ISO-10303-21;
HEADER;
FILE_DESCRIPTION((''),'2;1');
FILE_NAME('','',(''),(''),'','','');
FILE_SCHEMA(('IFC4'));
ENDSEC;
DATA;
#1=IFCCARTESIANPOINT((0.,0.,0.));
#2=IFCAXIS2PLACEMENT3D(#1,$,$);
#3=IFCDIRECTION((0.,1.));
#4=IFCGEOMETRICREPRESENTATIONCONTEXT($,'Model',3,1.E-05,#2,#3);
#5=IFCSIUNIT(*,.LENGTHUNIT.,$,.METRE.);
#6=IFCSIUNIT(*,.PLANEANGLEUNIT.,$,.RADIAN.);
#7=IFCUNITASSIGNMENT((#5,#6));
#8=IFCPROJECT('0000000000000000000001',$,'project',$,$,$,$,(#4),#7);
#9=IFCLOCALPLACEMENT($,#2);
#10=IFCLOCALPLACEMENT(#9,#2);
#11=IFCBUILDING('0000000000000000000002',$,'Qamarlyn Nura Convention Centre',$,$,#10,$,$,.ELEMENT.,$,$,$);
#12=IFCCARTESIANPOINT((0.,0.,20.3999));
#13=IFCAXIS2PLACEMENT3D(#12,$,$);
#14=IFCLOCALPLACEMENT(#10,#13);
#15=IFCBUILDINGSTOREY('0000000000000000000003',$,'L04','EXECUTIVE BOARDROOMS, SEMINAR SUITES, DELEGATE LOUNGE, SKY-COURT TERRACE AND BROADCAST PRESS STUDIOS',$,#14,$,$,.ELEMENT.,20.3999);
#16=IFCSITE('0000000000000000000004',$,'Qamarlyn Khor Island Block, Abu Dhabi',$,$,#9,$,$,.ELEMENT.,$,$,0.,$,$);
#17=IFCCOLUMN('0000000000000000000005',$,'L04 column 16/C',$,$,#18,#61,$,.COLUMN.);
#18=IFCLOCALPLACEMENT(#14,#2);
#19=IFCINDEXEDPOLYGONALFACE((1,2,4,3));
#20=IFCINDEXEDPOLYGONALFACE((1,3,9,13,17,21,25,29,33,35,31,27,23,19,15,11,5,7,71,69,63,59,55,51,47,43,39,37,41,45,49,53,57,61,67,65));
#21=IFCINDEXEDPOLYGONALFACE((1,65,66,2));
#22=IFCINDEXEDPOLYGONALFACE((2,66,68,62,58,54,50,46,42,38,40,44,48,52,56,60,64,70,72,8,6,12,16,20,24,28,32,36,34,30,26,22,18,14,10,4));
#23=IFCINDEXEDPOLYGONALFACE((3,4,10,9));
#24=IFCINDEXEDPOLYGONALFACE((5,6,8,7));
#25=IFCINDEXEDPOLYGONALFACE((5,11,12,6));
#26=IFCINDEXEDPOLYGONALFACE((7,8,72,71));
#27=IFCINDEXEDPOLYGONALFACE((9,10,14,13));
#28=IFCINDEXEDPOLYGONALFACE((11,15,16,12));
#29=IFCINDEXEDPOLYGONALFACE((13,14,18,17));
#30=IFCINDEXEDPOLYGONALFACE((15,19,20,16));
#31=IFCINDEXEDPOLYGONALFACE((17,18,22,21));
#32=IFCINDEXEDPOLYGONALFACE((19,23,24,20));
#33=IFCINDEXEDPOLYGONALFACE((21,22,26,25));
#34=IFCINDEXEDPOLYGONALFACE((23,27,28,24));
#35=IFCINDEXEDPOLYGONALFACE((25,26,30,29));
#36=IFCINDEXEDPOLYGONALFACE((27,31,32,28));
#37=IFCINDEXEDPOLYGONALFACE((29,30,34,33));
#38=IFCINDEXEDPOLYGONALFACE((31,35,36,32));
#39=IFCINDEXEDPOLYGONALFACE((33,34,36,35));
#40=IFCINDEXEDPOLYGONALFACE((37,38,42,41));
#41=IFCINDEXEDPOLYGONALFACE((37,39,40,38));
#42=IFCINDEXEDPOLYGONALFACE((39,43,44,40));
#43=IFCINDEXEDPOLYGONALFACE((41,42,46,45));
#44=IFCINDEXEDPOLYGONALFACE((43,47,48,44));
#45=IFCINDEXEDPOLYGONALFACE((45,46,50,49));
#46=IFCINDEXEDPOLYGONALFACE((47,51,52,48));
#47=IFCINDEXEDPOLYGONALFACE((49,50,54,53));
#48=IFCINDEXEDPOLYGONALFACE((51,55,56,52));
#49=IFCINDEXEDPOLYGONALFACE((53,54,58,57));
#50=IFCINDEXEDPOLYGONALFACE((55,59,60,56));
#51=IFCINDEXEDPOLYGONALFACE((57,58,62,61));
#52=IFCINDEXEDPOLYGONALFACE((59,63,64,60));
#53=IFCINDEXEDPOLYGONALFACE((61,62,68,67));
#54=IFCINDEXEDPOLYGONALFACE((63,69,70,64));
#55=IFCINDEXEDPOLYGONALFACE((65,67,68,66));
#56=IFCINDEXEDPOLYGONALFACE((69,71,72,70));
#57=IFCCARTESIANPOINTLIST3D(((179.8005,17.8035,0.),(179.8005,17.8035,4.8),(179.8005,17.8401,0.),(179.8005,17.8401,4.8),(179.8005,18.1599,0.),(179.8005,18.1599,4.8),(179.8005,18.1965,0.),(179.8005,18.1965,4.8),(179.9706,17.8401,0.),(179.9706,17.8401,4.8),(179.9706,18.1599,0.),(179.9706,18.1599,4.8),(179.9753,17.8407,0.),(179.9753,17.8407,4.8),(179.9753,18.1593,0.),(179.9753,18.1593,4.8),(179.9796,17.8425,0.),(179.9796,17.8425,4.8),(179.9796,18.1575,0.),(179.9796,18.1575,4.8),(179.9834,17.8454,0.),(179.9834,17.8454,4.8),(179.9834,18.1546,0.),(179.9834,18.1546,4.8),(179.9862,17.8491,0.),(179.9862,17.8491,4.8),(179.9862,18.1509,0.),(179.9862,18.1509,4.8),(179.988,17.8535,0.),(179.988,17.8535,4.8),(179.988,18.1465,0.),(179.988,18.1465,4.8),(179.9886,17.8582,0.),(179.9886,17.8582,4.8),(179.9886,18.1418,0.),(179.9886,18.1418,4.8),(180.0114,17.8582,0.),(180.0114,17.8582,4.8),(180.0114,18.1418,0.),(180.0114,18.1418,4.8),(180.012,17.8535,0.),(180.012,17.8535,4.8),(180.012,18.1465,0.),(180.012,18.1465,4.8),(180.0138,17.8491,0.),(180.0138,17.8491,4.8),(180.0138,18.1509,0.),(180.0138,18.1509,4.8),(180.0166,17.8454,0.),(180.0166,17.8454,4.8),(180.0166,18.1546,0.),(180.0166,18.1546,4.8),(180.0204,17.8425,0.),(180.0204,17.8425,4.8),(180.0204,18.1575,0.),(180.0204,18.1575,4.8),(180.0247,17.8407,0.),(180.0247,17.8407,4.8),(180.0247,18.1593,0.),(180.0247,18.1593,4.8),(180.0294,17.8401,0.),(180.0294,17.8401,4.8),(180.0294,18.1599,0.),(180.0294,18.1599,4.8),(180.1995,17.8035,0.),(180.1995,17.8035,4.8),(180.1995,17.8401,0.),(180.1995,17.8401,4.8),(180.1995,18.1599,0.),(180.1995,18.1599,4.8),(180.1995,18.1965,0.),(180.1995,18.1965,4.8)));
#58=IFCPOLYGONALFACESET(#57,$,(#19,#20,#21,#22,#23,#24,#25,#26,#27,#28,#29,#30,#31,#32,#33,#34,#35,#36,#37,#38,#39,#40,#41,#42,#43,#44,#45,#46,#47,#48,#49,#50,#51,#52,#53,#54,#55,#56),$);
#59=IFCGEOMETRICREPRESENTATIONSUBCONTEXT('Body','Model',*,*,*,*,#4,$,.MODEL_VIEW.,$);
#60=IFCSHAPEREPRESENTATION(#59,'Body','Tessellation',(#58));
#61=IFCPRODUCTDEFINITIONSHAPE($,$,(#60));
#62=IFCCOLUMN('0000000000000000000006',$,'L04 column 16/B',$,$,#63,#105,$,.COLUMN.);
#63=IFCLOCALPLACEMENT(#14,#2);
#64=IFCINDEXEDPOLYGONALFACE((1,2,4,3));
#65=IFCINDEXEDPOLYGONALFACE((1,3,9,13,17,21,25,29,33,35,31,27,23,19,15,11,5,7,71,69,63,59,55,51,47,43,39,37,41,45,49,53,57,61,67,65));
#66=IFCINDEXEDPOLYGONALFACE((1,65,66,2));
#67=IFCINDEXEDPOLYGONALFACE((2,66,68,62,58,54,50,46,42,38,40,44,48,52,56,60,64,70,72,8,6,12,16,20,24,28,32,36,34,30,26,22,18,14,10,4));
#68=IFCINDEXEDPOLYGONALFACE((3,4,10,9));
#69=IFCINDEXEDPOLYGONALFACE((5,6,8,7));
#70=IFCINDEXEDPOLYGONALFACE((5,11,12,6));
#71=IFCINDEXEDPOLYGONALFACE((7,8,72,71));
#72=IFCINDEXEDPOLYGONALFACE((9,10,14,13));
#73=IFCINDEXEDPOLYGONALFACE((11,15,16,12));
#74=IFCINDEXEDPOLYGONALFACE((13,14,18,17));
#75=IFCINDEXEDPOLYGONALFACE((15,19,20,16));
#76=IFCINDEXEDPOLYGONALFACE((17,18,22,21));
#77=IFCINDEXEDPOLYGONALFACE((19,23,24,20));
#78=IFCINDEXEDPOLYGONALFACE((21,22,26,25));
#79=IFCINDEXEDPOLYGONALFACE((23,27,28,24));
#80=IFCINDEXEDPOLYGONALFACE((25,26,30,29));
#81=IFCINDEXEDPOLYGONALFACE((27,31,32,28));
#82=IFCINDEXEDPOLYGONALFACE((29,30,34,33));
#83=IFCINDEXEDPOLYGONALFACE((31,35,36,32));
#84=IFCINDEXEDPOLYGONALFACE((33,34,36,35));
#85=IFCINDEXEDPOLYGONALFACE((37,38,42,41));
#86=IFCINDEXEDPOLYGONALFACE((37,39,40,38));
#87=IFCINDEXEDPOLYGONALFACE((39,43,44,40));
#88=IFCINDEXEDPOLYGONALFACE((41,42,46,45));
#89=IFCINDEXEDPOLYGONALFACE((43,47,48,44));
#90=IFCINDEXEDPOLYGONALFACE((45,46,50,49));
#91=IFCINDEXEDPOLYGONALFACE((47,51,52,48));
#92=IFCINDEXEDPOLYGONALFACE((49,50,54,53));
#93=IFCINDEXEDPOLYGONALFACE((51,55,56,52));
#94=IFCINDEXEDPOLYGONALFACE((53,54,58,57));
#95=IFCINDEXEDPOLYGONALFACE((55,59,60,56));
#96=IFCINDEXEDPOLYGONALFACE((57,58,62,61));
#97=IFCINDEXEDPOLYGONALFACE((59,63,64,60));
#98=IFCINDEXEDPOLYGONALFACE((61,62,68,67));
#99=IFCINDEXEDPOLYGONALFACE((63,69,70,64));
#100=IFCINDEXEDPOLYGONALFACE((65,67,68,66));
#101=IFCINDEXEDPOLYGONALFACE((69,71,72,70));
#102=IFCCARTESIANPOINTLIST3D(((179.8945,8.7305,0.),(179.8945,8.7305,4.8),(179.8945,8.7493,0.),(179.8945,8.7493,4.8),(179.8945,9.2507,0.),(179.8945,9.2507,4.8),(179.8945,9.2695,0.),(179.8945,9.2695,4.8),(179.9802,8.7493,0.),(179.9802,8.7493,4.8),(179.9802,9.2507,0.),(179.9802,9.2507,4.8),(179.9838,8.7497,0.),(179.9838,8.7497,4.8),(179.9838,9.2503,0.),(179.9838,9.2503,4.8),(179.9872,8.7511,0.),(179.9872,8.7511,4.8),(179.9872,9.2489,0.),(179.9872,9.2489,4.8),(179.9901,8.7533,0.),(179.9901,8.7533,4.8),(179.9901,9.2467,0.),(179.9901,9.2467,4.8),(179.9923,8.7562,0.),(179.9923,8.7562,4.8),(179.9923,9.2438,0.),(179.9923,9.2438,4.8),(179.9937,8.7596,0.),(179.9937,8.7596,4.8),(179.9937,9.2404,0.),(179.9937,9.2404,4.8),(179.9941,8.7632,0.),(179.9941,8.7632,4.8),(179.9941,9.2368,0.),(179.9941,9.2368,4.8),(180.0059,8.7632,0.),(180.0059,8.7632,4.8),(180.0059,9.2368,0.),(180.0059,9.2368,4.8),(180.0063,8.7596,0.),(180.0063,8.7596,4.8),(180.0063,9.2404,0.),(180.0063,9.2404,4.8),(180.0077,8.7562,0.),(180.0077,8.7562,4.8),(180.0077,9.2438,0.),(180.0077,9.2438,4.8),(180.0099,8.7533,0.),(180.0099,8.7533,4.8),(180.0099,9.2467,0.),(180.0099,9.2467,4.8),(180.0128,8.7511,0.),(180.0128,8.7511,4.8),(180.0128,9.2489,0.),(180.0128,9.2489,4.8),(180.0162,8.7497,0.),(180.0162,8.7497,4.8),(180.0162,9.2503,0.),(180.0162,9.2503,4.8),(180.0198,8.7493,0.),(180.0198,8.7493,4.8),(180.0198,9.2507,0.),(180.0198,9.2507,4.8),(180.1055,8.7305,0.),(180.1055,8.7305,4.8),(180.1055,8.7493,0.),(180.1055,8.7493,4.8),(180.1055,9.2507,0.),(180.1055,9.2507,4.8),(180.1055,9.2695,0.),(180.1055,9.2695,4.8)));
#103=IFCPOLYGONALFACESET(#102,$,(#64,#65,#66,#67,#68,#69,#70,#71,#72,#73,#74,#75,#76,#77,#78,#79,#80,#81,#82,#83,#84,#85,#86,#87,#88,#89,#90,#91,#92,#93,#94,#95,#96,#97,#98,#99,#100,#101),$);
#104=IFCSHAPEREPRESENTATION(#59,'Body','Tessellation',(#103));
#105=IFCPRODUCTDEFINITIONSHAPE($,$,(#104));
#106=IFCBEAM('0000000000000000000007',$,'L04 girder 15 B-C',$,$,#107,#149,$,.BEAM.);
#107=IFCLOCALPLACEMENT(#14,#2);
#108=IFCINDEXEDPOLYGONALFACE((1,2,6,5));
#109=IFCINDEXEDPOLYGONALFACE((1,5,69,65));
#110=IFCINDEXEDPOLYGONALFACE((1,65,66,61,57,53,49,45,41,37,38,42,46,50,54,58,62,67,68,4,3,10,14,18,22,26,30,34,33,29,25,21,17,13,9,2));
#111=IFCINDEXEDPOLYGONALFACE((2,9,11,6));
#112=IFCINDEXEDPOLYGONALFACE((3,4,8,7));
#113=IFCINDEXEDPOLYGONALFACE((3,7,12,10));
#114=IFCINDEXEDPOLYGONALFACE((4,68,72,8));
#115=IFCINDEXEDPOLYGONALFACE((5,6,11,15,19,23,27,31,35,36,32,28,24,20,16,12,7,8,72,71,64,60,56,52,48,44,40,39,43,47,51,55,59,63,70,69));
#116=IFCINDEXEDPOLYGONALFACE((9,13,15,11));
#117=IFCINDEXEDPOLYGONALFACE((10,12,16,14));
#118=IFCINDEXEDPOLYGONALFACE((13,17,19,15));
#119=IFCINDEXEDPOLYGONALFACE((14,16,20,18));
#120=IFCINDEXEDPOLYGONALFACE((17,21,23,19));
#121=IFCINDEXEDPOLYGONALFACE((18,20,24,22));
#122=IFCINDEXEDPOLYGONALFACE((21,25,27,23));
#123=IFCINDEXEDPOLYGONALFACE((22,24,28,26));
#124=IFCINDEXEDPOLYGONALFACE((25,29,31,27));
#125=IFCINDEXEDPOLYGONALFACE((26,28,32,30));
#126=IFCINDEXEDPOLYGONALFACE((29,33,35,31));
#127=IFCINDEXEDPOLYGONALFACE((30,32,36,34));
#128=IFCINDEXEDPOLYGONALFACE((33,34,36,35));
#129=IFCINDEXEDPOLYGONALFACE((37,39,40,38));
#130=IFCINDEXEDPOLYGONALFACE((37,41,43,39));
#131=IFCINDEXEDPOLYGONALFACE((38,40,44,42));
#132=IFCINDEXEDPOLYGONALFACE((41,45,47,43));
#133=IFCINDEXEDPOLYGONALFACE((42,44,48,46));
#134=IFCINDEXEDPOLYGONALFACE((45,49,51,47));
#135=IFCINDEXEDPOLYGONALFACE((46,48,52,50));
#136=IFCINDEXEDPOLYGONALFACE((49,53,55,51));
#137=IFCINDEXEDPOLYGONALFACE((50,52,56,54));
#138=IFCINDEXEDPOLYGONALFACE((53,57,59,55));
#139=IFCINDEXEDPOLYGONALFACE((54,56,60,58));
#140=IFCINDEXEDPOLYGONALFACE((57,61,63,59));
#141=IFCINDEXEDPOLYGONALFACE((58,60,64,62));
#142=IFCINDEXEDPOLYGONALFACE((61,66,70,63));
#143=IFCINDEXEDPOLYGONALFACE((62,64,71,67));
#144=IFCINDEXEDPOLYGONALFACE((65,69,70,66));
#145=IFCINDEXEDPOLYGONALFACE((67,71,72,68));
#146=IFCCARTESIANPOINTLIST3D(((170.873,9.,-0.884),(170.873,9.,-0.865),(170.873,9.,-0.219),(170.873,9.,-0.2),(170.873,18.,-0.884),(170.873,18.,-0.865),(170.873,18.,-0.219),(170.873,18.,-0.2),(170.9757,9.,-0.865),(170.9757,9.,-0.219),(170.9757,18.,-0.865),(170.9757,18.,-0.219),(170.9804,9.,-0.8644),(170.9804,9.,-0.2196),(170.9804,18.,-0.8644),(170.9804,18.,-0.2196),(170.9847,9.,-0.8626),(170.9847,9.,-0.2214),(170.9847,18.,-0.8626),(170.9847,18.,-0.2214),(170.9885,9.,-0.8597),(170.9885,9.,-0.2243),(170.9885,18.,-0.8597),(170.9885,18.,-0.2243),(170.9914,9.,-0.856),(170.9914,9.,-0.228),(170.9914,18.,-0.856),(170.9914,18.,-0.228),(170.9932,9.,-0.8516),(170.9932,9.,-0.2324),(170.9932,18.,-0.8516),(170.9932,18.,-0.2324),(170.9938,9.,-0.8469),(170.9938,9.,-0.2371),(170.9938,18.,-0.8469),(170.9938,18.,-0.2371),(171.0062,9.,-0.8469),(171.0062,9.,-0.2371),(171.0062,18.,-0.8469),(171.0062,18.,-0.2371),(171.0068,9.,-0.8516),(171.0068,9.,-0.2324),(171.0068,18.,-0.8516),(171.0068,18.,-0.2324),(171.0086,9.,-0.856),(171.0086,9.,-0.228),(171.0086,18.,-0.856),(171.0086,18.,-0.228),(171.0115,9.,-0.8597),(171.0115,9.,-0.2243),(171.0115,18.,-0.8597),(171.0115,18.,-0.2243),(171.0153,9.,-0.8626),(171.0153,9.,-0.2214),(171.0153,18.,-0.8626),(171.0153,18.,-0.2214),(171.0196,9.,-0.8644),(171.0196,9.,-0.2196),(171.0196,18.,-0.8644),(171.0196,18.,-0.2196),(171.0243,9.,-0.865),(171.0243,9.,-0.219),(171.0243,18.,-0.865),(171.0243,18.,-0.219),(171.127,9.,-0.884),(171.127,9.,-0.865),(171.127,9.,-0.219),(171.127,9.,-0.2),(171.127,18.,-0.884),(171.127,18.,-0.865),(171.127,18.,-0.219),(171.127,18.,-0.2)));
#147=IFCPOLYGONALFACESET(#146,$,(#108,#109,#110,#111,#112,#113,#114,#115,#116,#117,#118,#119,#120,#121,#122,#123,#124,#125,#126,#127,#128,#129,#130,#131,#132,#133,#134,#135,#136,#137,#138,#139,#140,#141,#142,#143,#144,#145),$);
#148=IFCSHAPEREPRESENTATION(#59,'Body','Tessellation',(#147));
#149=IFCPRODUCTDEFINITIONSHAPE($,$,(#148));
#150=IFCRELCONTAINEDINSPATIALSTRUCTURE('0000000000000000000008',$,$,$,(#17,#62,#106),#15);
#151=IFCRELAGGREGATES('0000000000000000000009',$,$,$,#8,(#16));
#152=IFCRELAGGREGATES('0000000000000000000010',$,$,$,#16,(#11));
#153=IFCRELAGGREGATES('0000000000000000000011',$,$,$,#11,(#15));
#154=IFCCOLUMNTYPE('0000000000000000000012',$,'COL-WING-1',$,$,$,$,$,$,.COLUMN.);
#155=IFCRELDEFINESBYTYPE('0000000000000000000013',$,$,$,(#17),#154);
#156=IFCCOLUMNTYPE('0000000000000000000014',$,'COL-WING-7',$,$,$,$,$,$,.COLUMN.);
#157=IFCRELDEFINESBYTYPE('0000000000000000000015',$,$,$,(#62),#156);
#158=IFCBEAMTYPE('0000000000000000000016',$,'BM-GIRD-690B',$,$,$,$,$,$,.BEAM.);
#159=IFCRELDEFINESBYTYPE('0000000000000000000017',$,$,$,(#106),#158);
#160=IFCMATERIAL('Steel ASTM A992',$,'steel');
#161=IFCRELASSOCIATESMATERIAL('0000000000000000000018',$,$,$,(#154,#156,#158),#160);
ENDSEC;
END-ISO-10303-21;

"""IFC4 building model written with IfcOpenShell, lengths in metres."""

from ifc_helpers import new_model, si_unit, direction, frame, origin, origin_2d, place, context, subcontext, project, spatial, i_section, extrude, material, material_profile, profile_set, type_object, element, save


model = new_model("IFC4")

# Units and contexts
model_context = context("Model", 3, precision=1e-05, world=origin(), true_north=direction((0.0, 1.0)))
body_context = subcontext(model_context, "Body", "Model", "MODEL_VIEW")
ifc_project = project(units=[si_unit("LENGTHUNIT", "METRE"), si_unit("PLANEANGLEUNIT", "RADIAN")], contexts=[model_context])

# Site, building, storey
site_placement = place(None, origin())
site = spatial("IfcSite", under=ifc_project, at=site_placement, Name="Qamarlyn Khor Island Block, Abu Dhabi", CompositionType="ELEMENT", RefElevation=0.0)
building_placement = place(site_placement, origin())
building = spatial("IfcBuilding", under=site, at=building_placement, Name="Qamarlyn Nura Convention Centre", CompositionType="ELEMENT")
storey_placement = place(building_placement, frame((0.0, 0.0, 20.3999)))
storey = spatial("IfcBuildingStorey", under=building, at=storey_placement, Name="L04", Description="EXECUTIVE BOARDROOMS, SEMINAR SUITES, DELEGATE LOUNGE, SKY-COURT TERRACE AND BROADCAST PRESS STUDIOS", CompositionType="ELEMENT", Elevation=20.3999)

# Columns
ifc_material_1 = material(Name="Steel ASTM A992", Category="steel")
ifc_material_profile_1 = material_profile(ifc_material_1, i_section(OverallWidth=0.3989, OverallDepth=0.3931, WebThickness=0.0227, FlangeThickness=0.0366, FilletRadius=0.0181, at=origin_2d()), Name="W360X287")
ifc_profile_set_1 = profile_set([ifc_material_profile_1], Name="Steel ASTM A992")
column_type_1 = type_object("IfcColumnType", Name="COL-WING-1", PredefinedType="COLUMN", material=ifc_profile_set_1)
column_1_placement = place(storey_placement, frame((180.0, 18.0, 0.0), z_axis=(0.0, 0.0, 1.0), x_axis=(1.0, 0.0, 0.0)))
element("IfcColumn", 1, at=column_1_placement, inside=storey, type_object=column_type_1, Name="L04 column 16/C", PredefinedType="COLUMN", context=body_context, shape_type="SweptSolid", body=[
    extrude(i_section(OverallWidth=0.3989, OverallDepth=0.3931, WebThickness=0.0227, FlangeThickness=0.0366, FilletRadius=0.0181, at=origin_2d()), origin(), (0.0, 0.0, 1.0), 4.8),
])
ifc_material_profile_2 = material_profile(ifc_material_1, i_section(OverallWidth=0.2109, OverallDepth=0.5391, WebThickness=0.0117, FlangeThickness=0.0188, FilletRadius=0.0139, at=origin_2d()), Name="W530X109")
ifc_profile_set_2 = profile_set([ifc_material_profile_2], Name="Steel ASTM A992")
column_type_2 = type_object("IfcColumnType", Name="COL-WING-7", PredefinedType="COLUMN", material=ifc_profile_set_2)
column_2_placement = place(storey_placement, frame((180.0, 9.0, 0.0), z_axis=(0.0, 0.0, 1.0), x_axis=(1.0, 0.0, 0.0)))
element("IfcColumn", 2, at=column_2_placement, inside=storey, type_object=column_type_2, Name="L04 column 16/B", PredefinedType="COLUMN", context=body_context, shape_type="SweptSolid", body=[
    extrude(i_section(OverallWidth=0.2109, OverallDepth=0.5391, WebThickness=0.0117, FlangeThickness=0.0188, FilletRadius=0.0139, at=origin_2d()), origin(), (0.0, 0.0, 1.0), 4.8),
])

# Beam
ifc_material_profile_3 = material_profile(ifc_material_1, i_section(OverallWidth=0.2539, OverallDepth=0.6841, WebThickness=0.0125, FlangeThickness=0.019, FilletRadius=0.0181, at=origin_2d()), Name="W690X140")
ifc_profile_set_3 = profile_set([ifc_material_profile_3], Name="Steel ASTM A992")
beam_type_1 = type_object("IfcBeamType", Name="BM-GIRD-690B", PredefinedType="BEAM", material=ifc_profile_set_3)
beam_1_placement = place(storey_placement, frame((171.0, 9.0, -0.542), z_axis=(0.0, 1.0, 0.0), x_axis=(-1.0, 0.0, 0.0)))
element("IfcBeam", 3, at=beam_1_placement, inside=storey, type_object=beam_type_1, Name="L04 girder 15 B-C", PredefinedType="BEAM", context=body_context, shape_type="SweptSolid", body=[
    extrude(i_section(OverallWidth=0.2539, OverallDepth=0.6841, WebThickness=0.0125, FlangeThickness=0.019, FilletRadius=0.0181, at=origin_2d()), origin(), (0.0, 0.0, 1.0), 9.0),
])

save(model, "model.ifc")
